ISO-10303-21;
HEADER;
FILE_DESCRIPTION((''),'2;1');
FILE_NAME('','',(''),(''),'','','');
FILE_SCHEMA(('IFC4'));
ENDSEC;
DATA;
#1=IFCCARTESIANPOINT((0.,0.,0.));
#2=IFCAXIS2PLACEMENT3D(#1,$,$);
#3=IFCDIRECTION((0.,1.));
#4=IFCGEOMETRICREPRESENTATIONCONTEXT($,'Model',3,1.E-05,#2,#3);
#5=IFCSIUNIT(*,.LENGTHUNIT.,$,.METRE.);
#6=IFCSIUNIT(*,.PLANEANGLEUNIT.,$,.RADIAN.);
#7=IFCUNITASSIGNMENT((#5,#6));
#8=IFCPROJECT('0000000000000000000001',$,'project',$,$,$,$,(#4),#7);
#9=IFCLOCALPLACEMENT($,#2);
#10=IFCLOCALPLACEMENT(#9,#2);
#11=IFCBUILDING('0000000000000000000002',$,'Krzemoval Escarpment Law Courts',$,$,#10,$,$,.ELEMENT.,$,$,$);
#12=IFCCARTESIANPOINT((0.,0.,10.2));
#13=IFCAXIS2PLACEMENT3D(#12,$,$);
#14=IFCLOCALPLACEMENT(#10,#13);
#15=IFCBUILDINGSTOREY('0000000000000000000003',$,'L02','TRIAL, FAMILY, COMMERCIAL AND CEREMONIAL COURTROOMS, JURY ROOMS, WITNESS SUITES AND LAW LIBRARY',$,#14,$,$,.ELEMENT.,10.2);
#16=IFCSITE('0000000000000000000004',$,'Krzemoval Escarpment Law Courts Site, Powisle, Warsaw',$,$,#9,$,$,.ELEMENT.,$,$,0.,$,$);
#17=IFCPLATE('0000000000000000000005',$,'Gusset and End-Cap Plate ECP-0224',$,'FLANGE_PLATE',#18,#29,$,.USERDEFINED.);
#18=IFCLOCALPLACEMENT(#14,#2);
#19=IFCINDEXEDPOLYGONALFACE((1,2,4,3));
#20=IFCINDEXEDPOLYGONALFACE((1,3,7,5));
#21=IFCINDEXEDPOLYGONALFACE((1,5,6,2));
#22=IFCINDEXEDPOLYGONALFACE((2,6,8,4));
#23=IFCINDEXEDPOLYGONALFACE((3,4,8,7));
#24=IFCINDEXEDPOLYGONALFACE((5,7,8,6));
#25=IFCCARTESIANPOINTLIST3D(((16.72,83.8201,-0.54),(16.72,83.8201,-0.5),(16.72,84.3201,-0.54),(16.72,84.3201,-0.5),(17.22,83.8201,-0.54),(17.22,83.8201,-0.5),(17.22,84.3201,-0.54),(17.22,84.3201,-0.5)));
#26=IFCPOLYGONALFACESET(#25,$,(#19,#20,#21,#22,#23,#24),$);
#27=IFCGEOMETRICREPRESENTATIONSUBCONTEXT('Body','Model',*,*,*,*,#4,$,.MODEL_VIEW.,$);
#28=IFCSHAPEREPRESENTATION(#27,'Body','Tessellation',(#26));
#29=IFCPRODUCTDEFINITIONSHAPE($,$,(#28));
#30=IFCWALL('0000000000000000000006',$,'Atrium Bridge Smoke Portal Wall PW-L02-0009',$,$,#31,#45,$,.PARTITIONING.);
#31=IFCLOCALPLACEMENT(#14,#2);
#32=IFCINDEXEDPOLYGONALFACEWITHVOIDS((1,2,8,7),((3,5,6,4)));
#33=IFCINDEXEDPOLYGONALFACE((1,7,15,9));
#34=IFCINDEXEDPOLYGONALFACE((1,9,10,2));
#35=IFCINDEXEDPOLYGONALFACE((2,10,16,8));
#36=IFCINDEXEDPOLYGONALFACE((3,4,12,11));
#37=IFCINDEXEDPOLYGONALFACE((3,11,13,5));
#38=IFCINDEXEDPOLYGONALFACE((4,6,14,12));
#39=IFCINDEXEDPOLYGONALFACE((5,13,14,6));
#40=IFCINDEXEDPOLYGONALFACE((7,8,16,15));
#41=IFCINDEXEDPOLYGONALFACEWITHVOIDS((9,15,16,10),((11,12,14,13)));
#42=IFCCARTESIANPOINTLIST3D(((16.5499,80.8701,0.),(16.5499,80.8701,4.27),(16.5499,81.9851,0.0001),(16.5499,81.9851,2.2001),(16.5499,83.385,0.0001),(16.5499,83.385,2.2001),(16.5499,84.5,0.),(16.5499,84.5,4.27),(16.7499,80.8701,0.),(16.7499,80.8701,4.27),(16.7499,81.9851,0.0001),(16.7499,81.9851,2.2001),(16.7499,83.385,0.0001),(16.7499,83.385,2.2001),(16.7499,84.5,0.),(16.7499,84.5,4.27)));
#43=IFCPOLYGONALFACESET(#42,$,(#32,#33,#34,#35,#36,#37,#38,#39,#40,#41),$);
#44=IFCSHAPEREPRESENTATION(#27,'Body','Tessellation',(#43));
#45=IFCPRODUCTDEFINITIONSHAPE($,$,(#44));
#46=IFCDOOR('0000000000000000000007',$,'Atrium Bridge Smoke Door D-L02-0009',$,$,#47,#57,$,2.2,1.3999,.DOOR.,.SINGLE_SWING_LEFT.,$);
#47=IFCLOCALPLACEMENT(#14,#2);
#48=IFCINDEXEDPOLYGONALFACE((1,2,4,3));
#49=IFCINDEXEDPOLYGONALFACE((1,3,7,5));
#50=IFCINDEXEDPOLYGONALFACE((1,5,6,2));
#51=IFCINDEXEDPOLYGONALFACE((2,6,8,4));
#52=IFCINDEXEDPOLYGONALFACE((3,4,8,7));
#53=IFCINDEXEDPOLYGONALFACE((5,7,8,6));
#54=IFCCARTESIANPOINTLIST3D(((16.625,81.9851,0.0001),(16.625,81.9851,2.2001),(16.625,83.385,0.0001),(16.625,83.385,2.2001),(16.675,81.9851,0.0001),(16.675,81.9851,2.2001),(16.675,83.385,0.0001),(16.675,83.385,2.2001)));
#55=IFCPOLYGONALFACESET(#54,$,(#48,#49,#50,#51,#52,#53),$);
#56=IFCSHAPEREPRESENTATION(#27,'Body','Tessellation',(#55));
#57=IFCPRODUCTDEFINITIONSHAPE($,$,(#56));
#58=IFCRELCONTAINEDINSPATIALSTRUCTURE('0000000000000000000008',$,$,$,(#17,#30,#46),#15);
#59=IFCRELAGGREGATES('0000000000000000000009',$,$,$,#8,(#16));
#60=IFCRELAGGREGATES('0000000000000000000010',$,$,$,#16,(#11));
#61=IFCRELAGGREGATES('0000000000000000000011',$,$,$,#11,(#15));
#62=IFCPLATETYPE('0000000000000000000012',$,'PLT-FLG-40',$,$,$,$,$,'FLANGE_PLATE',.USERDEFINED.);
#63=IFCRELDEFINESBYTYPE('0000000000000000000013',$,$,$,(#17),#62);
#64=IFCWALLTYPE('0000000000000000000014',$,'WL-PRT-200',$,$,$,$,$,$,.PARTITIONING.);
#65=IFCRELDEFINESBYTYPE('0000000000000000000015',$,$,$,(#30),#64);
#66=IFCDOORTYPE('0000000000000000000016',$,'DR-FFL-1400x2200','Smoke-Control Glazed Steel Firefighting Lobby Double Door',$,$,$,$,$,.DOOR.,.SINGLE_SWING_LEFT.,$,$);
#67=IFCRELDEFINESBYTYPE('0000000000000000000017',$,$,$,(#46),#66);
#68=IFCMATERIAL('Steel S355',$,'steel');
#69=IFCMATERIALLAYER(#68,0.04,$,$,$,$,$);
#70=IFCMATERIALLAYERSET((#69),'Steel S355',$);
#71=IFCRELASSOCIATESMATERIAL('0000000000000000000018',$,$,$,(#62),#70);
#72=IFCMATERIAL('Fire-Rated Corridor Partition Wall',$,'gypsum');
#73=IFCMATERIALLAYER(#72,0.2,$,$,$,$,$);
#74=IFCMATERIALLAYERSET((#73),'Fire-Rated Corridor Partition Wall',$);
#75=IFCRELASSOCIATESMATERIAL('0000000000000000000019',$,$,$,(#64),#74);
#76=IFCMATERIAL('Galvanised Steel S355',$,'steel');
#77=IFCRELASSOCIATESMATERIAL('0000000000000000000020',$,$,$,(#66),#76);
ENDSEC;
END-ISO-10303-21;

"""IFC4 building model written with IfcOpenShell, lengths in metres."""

from ifc_helpers import new_model, si_unit, direction, frame, frame_2d, origin, origin_2d, place, context, subcontext, project, spatial, rectangle, extrude, material, layer, layer_set, type_object, element, fill, save


model = new_model("IFC4")

# Units and contexts
model_context = context("Model", 3, precision=1e-05, world=origin(), true_north=direction((0.0, 1.0)))
body_context = subcontext(model_context, "Body", "Model", "MODEL_VIEW")
ifc_project = project(units=[si_unit("LENGTHUNIT", "METRE"), si_unit("PLANEANGLEUNIT", "RADIAN")], contexts=[model_context])

# Site, building, storey
site_placement = place(None, origin())
site = spatial("IfcSite", under=ifc_project, at=site_placement, Name="Krzemoval Escarpment Law Courts Site, Powisle, Warsaw", CompositionType="ELEMENT", RefElevation=0.0)
building_placement = place(site_placement, origin())
building = spatial("IfcBuilding", under=site, at=building_placement, Name="Krzemoval Escarpment Law Courts", CompositionType="ELEMENT")
storey_placement = place(building_placement, frame((0.0, 0.0, 10.2)))
storey = spatial("IfcBuildingStorey", under=building, at=storey_placement, Name="L02", Description="TRIAL, FAMILY, COMMERCIAL AND CEREMONIAL COURTROOMS, JURY ROOMS, WITNESS SUITES AND LAW LIBRARY", CompositionType="ELEMENT", Elevation=10.2)

# Plate
ifc_material_1 = material(Name="Steel S355", Category="steel")
ifc_layer_1 = layer(ifc_material_1, 0.04)
ifc_layer_set_1 = layer_set([ifc_layer_1], Name="Steel S355")
plate_type = type_object("IfcPlateType", Name="PLT-FLG-40", ElementType="FLANGE_PLATE", PredefinedType="USERDEFINED", material=ifc_layer_set_1)
for number, where, z_axis, x_axis, name in (
    (1, (16.97, 84.0701, -0.54), (0.0, 0.0, 1.0), (1.0, 0.0, 0.0), "Gusset and End-Cap Plate ECP-0224"),
):
    element("IfcPlate", number, at=place(storey_placement, frame(where, z_axis=z_axis, x_axis=x_axis)), inside=storey, type_object=plate_type, Name=name, ObjectType="FLANGE_PLATE", PredefinedType="USERDEFINED", context=body_context, shape_type="SweptSolid", body=[
        extrude(rectangle(XDim=0.5, YDim=0.5, at=origin_2d()), origin(), (0.0, 0.0, 1.0), 0.04),
    ])

# Wall, opening, door
ifc_material_2 = material(Name="Fire-Rated Corridor Partition Wall", Category="gypsum")
ifc_layer_2 = layer(ifc_material_2, 0.2)
ifc_layer_set_2 = layer_set([ifc_layer_2], Name="Fire-Rated Corridor Partition Wall")
wall_type = type_object("IfcWallType", Name="WL-PRT-200", PredefinedType="PARTITIONING", material=ifc_layer_set_2)
wall_placement = place(storey_placement, frame((16.6499, 80.8701, 0.0), z_axis=(0.0, 0.0, 1.0), x_axis=(0.0, 1.0, 0.0)))
wall = element("IfcWall", 2, at=wall_placement, inside=storey, type_object=wall_type, Name="Atrium Bridge Smoke Portal Wall PW-L02-0009", PredefinedType="PARTITIONING", context=body_context, shape_type="SweptSolid", body=[
    extrude(rectangle(XDim=3.6299, YDim=0.2, at=frame_2d((1.8149, 0.0))), origin(), (0.0, 0.0, 1.0), 4.27),
])
opening_placement = place(wall_placement, frame((1.115, 0.0, 0.0)))
opening = element("IfcOpeningElement", 3, at=opening_placement, cuts=wall, PredefinedType="OPENING", context=body_context, shape_type="SweptSolid", body=[
    extrude(rectangle(XDim=1.3999, YDim=2.2, at=frame_2d((0.7, 1.1001))), frame((0.0, 0.115, 0.0), z_axis=(0.0, -1.0, 0.0), x_axis=(1.0, 0.0, 0.0)), (0.0, 0.0, 1.0), 0.2299),
])
ifc_material_3 = material(Name="Galvanised Steel S355", Category="steel")
door_type = type_object("IfcDoorType", Name="DR-FFL-1400x2200", Description="Smoke-Control Glazed Steel Firefighting Lobby Double Door", OperationType="SINGLE_SWING_LEFT", PredefinedType="DOOR", material=ifc_material_3)
door_placement = place(opening_placement, origin())
door = element("IfcDoor", 4, at=door_placement, inside=storey, type_object=door_type, Name="Atrium Bridge Smoke Door D-L02-0009", OperationType="SINGLE_SWING_LEFT", OverallHeight=2.2, OverallWidth=1.3999, PredefinedType="DOOR", context=body_context, shape_type="SweptSolid", body=[
    extrude(rectangle(XDim=1.3999, YDim=2.2, at=frame_2d((0.7, 1.1001))), frame((0.0, 0.0249, 0.0), z_axis=(0.0, -1.0, 0.0), x_axis=(1.0, 0.0, 0.0)), (0.0, 0.0, 1.0), 0.05),
])
fill(opening, door)

save(model, "model.ifc")
